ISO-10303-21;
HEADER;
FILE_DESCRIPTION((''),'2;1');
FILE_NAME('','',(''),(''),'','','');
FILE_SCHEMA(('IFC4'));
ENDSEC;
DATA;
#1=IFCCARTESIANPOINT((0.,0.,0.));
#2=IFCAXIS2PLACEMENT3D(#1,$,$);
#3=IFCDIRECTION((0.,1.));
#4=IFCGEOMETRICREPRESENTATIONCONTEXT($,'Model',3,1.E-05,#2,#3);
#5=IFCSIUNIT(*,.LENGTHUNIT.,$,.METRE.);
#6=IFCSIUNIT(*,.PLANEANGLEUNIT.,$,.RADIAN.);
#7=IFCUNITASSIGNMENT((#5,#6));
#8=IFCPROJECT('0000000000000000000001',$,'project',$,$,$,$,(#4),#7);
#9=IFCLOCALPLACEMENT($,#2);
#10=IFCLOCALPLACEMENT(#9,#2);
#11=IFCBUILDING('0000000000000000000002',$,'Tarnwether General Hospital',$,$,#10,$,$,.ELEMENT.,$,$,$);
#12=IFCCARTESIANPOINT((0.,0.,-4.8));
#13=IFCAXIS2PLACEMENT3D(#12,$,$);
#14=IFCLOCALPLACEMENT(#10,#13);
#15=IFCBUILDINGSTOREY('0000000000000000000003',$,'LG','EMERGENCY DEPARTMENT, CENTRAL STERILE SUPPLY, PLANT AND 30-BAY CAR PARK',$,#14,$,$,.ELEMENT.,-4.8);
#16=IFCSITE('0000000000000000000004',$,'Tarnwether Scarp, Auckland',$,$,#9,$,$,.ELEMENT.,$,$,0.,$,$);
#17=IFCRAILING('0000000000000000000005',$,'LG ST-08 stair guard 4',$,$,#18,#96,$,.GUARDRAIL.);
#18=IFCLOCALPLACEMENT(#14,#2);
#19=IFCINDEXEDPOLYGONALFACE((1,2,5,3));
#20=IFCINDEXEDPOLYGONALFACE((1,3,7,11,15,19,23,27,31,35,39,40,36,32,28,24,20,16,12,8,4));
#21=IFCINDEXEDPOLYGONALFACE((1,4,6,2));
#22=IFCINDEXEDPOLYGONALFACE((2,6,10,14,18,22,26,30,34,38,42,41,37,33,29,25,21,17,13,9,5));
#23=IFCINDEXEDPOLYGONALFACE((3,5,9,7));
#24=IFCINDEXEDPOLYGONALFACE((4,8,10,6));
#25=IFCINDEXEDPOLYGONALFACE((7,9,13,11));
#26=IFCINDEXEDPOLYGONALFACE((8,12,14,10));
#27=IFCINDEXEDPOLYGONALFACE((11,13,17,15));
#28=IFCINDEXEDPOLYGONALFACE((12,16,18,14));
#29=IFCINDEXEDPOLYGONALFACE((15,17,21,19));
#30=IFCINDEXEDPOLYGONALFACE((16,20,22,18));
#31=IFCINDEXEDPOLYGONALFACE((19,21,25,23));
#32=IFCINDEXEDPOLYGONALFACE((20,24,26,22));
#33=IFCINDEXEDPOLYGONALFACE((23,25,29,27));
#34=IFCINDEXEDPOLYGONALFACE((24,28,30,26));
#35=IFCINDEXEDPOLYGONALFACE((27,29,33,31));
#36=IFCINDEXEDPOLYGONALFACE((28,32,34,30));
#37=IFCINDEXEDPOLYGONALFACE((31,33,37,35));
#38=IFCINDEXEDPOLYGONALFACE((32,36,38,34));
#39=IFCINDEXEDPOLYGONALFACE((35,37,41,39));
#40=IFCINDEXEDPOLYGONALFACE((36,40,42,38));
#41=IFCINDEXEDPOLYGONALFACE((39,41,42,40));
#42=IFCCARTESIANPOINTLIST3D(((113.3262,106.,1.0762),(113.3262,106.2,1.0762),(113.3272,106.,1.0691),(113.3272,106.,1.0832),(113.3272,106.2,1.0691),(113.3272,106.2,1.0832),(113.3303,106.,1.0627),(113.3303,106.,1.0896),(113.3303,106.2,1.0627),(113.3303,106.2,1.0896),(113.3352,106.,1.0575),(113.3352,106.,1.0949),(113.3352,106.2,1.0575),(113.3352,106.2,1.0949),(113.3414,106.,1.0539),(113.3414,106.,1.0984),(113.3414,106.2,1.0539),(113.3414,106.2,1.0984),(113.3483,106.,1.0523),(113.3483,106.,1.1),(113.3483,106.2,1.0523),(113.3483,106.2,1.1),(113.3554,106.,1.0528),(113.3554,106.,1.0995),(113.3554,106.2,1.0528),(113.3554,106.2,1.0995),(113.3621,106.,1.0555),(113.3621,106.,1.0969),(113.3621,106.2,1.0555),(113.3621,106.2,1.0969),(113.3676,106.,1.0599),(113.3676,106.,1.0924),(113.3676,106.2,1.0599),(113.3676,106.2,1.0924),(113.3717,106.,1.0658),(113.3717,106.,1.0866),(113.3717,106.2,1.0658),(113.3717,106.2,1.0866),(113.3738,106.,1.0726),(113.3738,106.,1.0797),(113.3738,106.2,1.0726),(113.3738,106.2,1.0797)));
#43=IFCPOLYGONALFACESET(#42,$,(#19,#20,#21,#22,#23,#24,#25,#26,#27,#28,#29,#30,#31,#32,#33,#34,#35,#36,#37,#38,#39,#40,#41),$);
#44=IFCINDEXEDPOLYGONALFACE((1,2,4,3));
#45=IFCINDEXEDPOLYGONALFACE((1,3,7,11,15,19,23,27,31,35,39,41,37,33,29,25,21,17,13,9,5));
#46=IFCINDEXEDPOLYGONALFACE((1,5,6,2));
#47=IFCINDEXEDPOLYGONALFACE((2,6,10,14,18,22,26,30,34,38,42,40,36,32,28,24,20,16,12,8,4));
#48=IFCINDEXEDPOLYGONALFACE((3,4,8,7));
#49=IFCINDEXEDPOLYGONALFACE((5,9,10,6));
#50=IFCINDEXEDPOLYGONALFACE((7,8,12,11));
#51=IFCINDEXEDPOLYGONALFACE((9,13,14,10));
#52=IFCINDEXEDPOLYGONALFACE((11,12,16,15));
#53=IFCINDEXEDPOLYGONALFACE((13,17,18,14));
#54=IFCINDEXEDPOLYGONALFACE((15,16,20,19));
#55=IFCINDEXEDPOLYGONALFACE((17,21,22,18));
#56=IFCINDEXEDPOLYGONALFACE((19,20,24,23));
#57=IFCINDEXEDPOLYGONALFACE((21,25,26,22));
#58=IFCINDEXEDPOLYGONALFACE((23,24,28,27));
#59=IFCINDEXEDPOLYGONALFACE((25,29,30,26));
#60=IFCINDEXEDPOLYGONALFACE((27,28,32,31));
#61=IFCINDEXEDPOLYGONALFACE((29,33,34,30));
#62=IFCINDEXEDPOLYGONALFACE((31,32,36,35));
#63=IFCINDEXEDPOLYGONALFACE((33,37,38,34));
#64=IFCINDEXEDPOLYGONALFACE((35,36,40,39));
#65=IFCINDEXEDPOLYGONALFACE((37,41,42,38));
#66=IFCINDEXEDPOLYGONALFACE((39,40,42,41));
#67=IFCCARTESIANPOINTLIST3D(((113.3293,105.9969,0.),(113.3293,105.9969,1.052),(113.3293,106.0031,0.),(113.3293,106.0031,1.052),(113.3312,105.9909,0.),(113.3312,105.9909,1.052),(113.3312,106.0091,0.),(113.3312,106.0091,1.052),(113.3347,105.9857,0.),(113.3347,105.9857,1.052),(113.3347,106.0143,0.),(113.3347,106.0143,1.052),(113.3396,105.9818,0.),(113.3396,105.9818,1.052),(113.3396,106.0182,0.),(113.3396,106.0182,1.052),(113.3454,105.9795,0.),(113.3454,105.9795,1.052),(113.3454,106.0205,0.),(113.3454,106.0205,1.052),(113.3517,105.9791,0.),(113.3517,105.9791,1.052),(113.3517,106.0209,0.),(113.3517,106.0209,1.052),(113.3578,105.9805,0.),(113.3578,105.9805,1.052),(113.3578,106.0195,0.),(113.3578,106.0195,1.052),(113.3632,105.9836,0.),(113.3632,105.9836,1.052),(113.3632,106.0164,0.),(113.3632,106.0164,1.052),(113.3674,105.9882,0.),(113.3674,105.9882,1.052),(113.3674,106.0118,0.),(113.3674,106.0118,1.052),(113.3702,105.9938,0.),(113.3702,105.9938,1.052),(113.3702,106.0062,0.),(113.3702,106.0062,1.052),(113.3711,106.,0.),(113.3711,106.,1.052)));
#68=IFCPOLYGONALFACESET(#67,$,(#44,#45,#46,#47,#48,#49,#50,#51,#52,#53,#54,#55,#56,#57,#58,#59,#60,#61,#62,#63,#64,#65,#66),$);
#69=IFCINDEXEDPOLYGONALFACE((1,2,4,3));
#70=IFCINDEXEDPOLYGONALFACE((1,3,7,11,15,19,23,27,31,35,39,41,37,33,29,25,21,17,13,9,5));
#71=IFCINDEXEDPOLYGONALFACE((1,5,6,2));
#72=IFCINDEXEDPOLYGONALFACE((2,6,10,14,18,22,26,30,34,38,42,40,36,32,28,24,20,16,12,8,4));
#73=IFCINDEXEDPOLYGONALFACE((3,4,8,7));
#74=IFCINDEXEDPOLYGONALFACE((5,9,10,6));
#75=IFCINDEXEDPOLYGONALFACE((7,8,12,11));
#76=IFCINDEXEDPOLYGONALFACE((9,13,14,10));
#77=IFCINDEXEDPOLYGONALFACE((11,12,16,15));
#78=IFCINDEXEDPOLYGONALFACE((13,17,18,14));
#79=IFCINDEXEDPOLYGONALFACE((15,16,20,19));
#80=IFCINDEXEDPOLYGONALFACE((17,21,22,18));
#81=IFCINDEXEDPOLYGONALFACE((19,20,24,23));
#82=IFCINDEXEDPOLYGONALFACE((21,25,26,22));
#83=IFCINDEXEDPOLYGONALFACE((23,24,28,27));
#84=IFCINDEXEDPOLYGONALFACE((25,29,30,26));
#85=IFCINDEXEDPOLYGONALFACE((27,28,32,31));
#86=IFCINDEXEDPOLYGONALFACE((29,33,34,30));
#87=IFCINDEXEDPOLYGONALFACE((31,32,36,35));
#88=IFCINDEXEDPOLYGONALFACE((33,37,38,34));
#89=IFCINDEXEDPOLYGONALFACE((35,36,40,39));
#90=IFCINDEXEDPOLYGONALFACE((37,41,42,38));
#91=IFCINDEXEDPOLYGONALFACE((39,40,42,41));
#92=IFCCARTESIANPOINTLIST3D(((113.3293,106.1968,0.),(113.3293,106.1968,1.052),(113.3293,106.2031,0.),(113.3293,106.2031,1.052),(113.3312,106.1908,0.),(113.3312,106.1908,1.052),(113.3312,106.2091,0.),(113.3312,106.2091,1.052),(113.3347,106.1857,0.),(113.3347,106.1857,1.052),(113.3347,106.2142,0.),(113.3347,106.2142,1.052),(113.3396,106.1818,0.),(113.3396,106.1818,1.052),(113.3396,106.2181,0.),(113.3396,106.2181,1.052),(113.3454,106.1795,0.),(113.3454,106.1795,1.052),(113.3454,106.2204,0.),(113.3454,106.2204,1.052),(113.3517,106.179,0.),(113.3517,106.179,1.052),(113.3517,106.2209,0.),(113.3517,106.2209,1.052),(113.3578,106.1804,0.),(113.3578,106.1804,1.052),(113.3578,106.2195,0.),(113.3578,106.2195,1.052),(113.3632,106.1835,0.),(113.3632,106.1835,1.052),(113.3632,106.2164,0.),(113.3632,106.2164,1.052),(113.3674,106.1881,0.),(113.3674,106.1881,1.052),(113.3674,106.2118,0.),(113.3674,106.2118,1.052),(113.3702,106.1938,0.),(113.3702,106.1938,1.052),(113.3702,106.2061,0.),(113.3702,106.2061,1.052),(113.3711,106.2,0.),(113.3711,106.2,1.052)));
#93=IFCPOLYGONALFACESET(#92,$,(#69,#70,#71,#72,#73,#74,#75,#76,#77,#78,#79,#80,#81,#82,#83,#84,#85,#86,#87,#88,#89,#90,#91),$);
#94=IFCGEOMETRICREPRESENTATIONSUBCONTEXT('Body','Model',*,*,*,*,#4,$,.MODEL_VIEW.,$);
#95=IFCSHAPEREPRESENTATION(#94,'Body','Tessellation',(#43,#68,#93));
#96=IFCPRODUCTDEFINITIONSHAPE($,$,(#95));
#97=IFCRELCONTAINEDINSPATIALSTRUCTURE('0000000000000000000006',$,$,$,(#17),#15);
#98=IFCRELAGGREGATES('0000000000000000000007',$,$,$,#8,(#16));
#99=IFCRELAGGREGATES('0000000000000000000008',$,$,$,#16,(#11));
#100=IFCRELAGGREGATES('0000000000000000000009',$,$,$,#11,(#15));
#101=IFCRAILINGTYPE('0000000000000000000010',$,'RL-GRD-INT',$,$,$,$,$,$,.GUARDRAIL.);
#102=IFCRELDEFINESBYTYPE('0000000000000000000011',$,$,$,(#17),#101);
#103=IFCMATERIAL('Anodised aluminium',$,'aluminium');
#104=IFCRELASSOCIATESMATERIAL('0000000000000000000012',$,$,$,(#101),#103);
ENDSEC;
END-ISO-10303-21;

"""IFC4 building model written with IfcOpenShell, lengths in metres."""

from ifc_helpers import new_model, si_unit, direction, frame, origin, origin_2d, place, context, subcontext, project, spatial, circle, extrude, material, type_object, element, save


model = new_model("IFC4")

# Units and contexts
model_context = context("Model", 3, precision=1e-05, world=origin(), true_north=direction((0.0, 1.0)))
body_context = subcontext(model_context, "Body", "Model", "MODEL_VIEW")
ifc_project = project(units=[si_unit("LENGTHUNIT", "METRE"), si_unit("PLANEANGLEUNIT", "RADIAN")], contexts=[model_context])

# Site, building, storey
site_placement = place(None, origin())
site = spatial("IfcSite", under=ifc_project, at=site_placement, Name="Tarnwether Scarp, Auckland", CompositionType="ELEMENT", RefElevation=0.0)
building_placement = place(site_placement, origin())
building = spatial("IfcBuilding", under=site, at=building_placement, Name="Tarnwether General Hospital", CompositionType="ELEMENT")
storey_placement = place(building_placement, frame((0.0, 0.0, -4.8)))
storey = spatial("IfcBuildingStorey", under=building, at=storey_placement, Name="LG", Description="EMERGENCY DEPARTMENT, CENTRAL STERILE SUPPLY, PLANT AND 30-BAY CAR PARK", CompositionType="ELEMENT", Elevation=-4.8)

# Railing
ifc_material_1 = material(Name="Anodised aluminium", Category="aluminium")
railing_type_1 = type_object("IfcRailingType", Name="RL-GRD-INT", PredefinedType="GUARDRAIL", material=ifc_material_1)
railing_1_placement = place(storey_placement, frame((113.3501, 106.0, 0.0)))
element("IfcRailing", 1, at=railing_1_placement, inside=storey, type_object=railing_type_1, Name="LG ST-08 stair guard 4", PredefinedType="GUARDRAIL", context=body_context, shape_type="SweptSolid", body=[
    extrude(circle(Radius=0.0239, at=origin_2d()), frame((0.0, 0.0, 1.0762), z_axis=(0.0, 1.0, 0.0), x_axis=(-1.0, 0.0, 0.0)), (0.0, 0.0, 1.0), 0.2),
    extrude(circle(Radius=0.021, at=origin_2d()), origin(), (0.0, 0.0, 1.0), 1.052),
    extrude(circle(Radius=0.021, at=origin_2d()), frame((0.0, 0.2, 0.0)), (0.0, 0.0, 1.0), 1.052),
])

save(model, "model.ifc")
